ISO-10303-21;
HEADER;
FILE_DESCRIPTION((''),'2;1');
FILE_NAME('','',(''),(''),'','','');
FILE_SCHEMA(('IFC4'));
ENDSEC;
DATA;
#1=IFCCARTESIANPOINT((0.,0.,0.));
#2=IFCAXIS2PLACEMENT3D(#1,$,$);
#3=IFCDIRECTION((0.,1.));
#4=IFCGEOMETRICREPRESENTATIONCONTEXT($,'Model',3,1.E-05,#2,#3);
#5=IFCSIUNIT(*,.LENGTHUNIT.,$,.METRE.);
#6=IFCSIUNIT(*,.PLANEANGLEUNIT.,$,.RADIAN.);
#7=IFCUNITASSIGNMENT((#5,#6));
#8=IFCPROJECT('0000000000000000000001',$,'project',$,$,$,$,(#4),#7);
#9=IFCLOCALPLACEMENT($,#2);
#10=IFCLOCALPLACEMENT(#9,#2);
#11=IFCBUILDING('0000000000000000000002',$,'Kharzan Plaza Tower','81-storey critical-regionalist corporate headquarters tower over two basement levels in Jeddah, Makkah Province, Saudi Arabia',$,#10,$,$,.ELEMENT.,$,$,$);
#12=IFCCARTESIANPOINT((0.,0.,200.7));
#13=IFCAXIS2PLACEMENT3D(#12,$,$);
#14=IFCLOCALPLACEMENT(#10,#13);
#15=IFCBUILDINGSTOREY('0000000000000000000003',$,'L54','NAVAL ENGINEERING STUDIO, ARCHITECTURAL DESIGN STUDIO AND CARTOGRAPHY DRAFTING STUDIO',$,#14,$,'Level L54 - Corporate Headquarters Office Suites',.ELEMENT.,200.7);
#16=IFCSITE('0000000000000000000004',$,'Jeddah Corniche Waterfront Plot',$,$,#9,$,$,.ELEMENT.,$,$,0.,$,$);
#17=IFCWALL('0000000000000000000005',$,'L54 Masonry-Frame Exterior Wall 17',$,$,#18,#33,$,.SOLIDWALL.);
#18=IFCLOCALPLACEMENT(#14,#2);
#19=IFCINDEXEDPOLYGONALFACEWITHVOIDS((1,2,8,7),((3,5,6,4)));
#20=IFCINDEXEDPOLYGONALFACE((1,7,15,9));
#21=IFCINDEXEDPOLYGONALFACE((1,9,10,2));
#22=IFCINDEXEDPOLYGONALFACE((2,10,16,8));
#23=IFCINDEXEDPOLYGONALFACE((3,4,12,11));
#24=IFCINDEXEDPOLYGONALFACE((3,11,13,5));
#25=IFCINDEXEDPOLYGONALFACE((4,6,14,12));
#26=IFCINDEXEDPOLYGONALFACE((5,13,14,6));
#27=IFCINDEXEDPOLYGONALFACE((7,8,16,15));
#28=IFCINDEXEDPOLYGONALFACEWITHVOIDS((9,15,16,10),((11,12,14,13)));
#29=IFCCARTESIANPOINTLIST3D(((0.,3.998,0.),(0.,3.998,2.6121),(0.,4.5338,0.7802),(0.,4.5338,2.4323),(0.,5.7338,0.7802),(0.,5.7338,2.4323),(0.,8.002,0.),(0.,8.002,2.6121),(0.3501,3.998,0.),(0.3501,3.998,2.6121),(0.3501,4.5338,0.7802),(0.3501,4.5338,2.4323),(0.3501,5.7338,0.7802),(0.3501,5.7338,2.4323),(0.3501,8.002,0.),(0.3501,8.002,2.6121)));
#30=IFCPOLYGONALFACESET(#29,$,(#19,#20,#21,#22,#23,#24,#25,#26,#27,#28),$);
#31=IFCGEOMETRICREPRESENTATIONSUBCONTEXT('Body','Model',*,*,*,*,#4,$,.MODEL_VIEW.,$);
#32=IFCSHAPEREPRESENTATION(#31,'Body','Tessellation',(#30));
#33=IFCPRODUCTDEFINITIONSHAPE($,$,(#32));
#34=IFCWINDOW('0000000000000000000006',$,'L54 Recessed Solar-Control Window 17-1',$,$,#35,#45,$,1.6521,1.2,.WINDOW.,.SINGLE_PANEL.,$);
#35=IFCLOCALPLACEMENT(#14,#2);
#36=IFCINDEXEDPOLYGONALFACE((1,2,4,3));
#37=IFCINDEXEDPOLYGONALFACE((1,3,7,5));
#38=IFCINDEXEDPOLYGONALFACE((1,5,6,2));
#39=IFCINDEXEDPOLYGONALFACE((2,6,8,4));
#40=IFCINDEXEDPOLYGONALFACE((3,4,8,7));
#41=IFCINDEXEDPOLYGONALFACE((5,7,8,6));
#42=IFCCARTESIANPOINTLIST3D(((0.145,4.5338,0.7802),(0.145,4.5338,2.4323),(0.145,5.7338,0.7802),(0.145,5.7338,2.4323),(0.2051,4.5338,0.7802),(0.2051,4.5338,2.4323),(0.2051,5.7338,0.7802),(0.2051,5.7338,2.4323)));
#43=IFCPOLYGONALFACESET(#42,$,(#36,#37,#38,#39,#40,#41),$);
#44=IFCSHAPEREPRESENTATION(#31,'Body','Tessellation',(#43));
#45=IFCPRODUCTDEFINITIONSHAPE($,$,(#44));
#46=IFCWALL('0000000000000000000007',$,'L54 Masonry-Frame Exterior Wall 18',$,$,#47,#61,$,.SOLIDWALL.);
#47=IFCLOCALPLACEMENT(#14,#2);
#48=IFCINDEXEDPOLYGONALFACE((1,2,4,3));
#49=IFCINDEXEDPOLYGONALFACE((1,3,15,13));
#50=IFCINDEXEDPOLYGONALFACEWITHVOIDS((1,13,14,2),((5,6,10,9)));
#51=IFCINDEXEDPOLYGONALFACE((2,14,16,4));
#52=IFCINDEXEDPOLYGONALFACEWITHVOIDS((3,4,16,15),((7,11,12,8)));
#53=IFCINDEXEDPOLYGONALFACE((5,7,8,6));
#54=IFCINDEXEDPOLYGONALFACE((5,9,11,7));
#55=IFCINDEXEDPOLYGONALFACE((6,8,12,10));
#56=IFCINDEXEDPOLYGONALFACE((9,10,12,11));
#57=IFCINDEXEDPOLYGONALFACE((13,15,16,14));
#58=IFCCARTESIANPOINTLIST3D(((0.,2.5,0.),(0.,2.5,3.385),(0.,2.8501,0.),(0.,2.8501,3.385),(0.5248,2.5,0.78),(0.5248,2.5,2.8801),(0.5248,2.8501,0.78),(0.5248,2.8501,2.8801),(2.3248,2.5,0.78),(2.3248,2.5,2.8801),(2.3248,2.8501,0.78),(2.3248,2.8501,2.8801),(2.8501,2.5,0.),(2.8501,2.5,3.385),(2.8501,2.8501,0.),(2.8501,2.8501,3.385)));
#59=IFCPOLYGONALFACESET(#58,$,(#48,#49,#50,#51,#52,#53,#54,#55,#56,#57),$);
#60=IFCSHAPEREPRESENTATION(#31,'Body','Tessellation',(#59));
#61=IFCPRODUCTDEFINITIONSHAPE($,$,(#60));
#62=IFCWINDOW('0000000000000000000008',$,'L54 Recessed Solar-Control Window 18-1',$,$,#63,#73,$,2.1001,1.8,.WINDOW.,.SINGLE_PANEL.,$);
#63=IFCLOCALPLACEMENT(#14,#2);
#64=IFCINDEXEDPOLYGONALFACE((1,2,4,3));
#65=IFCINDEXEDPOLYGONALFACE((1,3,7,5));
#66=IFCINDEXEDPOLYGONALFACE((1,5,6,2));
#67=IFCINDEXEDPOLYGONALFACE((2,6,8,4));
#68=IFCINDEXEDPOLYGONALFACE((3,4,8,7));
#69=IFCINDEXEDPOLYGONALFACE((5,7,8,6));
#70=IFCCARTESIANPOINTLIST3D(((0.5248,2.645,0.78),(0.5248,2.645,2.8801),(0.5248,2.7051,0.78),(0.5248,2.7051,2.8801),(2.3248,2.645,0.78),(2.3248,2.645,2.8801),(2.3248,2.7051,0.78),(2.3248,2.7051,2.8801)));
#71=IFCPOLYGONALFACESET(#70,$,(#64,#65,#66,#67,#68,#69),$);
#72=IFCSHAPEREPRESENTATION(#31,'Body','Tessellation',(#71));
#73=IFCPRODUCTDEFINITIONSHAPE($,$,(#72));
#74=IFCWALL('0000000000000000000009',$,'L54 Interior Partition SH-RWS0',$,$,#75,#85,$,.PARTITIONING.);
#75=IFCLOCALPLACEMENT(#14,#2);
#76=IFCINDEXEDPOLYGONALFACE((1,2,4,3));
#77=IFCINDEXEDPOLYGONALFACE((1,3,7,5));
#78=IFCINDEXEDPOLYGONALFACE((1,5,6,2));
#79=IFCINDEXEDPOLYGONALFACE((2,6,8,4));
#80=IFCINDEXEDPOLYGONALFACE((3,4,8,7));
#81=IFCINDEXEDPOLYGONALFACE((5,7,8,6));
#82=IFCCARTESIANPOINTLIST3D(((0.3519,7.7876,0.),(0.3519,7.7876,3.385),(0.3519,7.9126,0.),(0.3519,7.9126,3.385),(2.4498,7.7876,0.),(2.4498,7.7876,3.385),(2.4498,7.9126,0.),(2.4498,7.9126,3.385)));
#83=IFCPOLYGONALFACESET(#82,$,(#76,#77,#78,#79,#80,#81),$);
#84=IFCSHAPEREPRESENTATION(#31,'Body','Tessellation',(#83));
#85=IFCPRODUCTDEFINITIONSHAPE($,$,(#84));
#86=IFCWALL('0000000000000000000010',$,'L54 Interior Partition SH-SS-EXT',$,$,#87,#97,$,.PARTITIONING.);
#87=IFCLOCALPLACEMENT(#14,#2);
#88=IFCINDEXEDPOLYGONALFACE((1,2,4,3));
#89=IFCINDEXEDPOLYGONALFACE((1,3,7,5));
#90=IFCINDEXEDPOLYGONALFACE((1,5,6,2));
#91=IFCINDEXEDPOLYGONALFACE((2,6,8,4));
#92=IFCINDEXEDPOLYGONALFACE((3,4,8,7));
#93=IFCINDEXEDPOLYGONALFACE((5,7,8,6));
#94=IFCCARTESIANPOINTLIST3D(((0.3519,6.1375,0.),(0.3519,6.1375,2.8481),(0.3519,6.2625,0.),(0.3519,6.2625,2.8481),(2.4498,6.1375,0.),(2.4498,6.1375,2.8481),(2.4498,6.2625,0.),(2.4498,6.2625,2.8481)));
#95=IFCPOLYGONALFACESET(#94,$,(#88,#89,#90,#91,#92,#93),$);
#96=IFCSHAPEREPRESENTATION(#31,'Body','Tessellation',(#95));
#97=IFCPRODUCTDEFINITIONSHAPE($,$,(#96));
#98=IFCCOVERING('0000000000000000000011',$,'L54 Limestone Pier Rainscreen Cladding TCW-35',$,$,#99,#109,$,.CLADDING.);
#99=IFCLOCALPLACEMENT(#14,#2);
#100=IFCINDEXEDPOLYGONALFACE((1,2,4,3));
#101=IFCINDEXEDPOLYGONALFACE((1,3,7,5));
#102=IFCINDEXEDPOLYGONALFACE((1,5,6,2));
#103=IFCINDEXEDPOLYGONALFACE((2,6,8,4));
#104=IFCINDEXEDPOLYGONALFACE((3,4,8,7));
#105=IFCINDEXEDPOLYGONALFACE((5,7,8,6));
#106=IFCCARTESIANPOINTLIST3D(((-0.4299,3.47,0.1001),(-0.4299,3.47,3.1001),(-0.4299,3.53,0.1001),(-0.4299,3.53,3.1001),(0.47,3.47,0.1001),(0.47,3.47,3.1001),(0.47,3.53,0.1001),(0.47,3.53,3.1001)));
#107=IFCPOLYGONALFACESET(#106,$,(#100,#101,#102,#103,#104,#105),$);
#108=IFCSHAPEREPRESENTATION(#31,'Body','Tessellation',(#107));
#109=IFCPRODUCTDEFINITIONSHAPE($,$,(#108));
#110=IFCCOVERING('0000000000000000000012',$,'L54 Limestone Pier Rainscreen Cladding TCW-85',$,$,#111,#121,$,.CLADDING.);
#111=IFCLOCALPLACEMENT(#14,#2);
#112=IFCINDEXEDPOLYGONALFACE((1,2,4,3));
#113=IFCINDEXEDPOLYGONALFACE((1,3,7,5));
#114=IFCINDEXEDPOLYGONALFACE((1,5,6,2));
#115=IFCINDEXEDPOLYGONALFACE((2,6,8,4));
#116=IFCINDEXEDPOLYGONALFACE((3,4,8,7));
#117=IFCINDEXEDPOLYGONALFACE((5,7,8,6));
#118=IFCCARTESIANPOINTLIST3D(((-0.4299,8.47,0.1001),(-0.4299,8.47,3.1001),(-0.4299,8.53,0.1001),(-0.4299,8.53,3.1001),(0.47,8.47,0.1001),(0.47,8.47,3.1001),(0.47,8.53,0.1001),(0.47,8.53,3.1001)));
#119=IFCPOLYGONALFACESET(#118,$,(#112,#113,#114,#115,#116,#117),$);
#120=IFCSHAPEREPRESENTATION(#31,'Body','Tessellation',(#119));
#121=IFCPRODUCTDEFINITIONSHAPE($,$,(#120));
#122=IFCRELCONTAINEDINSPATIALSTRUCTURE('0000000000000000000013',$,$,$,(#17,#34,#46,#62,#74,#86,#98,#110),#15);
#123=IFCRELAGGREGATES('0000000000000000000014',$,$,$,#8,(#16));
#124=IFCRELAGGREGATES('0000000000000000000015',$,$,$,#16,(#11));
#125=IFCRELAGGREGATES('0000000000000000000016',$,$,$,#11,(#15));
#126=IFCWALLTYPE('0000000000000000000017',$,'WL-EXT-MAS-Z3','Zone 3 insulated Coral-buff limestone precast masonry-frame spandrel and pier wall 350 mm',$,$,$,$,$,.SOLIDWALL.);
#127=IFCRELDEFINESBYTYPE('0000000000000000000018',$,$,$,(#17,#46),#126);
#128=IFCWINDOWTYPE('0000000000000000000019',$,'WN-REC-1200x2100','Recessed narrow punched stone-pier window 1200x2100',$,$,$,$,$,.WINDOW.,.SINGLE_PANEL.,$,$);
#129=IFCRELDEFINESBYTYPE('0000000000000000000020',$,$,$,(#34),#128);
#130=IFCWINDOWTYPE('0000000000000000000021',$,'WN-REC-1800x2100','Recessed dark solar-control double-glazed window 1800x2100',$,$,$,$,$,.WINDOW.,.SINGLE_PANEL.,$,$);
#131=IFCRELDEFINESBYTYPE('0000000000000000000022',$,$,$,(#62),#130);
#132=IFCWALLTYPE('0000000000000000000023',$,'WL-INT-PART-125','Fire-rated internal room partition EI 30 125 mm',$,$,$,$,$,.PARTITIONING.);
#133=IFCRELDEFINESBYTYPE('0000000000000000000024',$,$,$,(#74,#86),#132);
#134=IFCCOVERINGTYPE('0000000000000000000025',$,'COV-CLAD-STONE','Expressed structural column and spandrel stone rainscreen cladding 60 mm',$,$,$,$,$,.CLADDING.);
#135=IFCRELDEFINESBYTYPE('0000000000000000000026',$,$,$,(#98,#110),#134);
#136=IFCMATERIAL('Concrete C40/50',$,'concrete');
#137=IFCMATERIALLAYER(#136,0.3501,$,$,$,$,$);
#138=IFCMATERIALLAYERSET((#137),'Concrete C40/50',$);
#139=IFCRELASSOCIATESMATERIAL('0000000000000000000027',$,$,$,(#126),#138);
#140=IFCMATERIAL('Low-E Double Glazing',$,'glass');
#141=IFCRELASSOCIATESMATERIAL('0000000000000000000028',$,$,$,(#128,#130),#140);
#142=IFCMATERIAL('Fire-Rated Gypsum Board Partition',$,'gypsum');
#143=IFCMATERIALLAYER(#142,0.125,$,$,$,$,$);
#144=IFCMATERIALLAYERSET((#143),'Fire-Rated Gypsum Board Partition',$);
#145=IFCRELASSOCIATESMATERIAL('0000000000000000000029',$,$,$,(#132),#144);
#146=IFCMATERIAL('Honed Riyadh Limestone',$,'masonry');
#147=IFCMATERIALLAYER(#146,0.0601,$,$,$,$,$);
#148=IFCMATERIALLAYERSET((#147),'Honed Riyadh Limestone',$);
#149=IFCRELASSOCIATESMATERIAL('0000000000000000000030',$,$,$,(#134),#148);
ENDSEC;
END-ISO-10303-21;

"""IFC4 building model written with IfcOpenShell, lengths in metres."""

from ifc_helpers import new_model, si_unit, direction, frame, frame_2d, origin, origin_2d, place, context, subcontext, project, spatial, rectangle, extrude, source, transform, mapped, material, layer, layer_set, type_object, element, fill, save


model = new_model("IFC4")

# Units and contexts
model_context = context("Model", 3, precision=1e-05, world=origin(), true_north=direction((0.0, 1.0)))
body_context = subcontext(model_context, "Body", "Model", "MODEL_VIEW")
ifc_project = project(units=[si_unit("LENGTHUNIT", "METRE"), si_unit("PLANEANGLEUNIT", "RADIAN")], contexts=[model_context])

# Site, building, storey
site_placement = place(None, origin())
site = spatial("IfcSite", under=ifc_project, at=site_placement, Name="Jeddah Corniche Waterfront Plot", CompositionType="ELEMENT", RefElevation=0.0)
building_placement = place(site_placement, origin())
building = spatial("IfcBuilding", under=site, at=building_placement, Name="Kharzan Plaza Tower", Description="81-storey critical-regionalist corporate headquarters tower over two basement levels in Jeddah, Makkah Province, Saudi Arabia", CompositionType="ELEMENT")
storey_placement = place(building_placement, frame((0.0, 0.0, 200.7)))
storey = spatial("IfcBuildingStorey", under=building, at=storey_placement, Name="L54", Description="NAVAL ENGINEERING STUDIO, ARCHITECTURAL DESIGN STUDIO AND CARTOGRAPHY DRAFTING STUDIO", LongName="Level L54 - Corporate Headquarters Office Suites", CompositionType="ELEMENT", Elevation=200.7)

# Shared definitions
ifc_material_1 = material(Name="Concrete C40/50", Category="concrete")

# Walls, openings, windows
ifc_layer_1 = layer(ifc_material_1, 0.3501)
ifc_layer_set_1 = layer_set([ifc_layer_1], Name="Concrete C40/50")
wall_type_1 = type_object("IfcWallType", Name="WL-EXT-MAS-Z3", Description="Zone 3 insulated Coral-buff limestone precast masonry-frame spandrel and pier wall 350 mm", PredefinedType="SOLIDWALL", material=ifc_layer_set_1)
wall_1_placement = place(storey_placement, frame((0.175, 8.002, 0.0), z_axis=(0.0, 0.0, 1.0), x_axis=(0.0, -1.0, 0.0)))
wall_1 = element("IfcWall", 1, at=wall_1_placement, inside=storey, type_object=wall_type_1, Name="L54 Masonry-Frame Exterior Wall 17", PredefinedType="SOLIDWALL", context=body_context, shape_type="SweptSolid", body=[
    extrude(rectangle(XDim=4.0039, YDim=0.3501, at=frame_2d((2.002, 0.0))), origin(), (0.0, 0.0, 1.0), 2.6121),
])
opening_1_placement = place(wall_1_placement, frame((2.2681, 0.0, 0.78)))
opening_1 = element("IfcOpeningElement", 2, at=opening_1_placement, cuts=wall_1, PredefinedType="OPENING", context=body_context, shape_type="SweptSolid", body=[
    extrude(rectangle(XDim=1.2, YDim=1.6521, at=frame_2d((0.6001, 0.8262))), frame((0.0, 0.1851, 0.0), z_axis=(0.0, -1.0, 0.0), x_axis=(1.0, 0.0, 0.0)), (0.0, 0.0, 1.0), 0.3701),
])
ifc_material_2 = material(Name="Low-E Double Glazing", Category="glass")
window_type_1 = type_object("IfcWindowType", Name="WN-REC-1200x2100", Description="Recessed narrow punched stone-pier window 1200x2100", PartitioningType="SINGLE_PANEL", PredefinedType="WINDOW", material=ifc_material_2)
shared_shape_1 = source(origin(), body_context, "Body", "SweptSolid", [
    extrude(rectangle(XDim=1.2, YDim=1.6521, at=frame_2d((0.6001, 0.8262))), frame((0.0, 0.03, 0.0), z_axis=(0.0, -1.0, 0.0), x_axis=(1.0, 0.0, 0.0)), (0.0, 0.0, 1.0), 0.0601),
])
window_1_placement = place(opening_1_placement, origin())
window_1 = element("IfcWindow", 3, at=window_1_placement, inside=storey, type_object=window_type_1, Name="L54 Recessed Solar-Control Window 17-1", OverallHeight=1.6521, OverallWidth=1.2, PartitioningType="SINGLE_PANEL", PredefinedType="WINDOW", context=body_context, shape_type="MappedRepresentation", body=[
    mapped(shared_shape_1, transform((0.0, 0.0, 0.0), x_axis=(1.0, 0.0, 0.0), y_axis=(0.0, 1.0, 0.0), z_axis=(0.0, 0.0, 1.0))),
])
fill(opening_1, window_1)
wall_2_placement = place(storey_placement, frame((0.0, 2.675, 0.0), z_axis=(0.0, 0.0, 1.0), x_axis=(1.0, 0.0, 0.0)))
wall_2 = element("IfcWall", 4, at=wall_2_placement, inside=storey, type_object=wall_type_1, Name="L54 Masonry-Frame Exterior Wall 18", PredefinedType="SOLIDWALL", context=body_context, shape_type="SweptSolid", body=[
    extrude(rectangle(XDim=2.8501, YDim=0.3501, at=frame_2d((1.425, 0.0))), origin(), (0.0, 0.0, 1.0), 3.385),
])
opening_2_placement = place(wall_2_placement, frame((0.5249, 0.0, 0.78)))
opening_2 = element("IfcOpeningElement", 5, at=opening_2_placement, cuts=wall_2, PredefinedType="OPENING", context=body_context, shape_type="SweptSolid", body=[
    extrude(rectangle(XDim=1.8, YDim=2.1001, at=frame_2d((0.8999, 1.05))), frame((0.0, 0.1851, 0.0), z_axis=(0.0, -1.0, 0.0), x_axis=(1.0, 0.0, 0.0)), (0.0, 0.0, 1.0), 0.3701),
])
window_type_2 = type_object("IfcWindowType", Name="WN-REC-1800x2100", Description="Recessed dark solar-control double-glazed window 1800x2100", PartitioningType="SINGLE_PANEL", PredefinedType="WINDOW", material=ifc_material_2)
shared_shape_2 = source(origin(), body_context, "Body", "SweptSolid", [
    extrude(rectangle(XDim=1.8, YDim=2.1001, at=frame_2d((0.8999, 1.05))), frame((0.0, 0.03, 0.0), z_axis=(0.0, -1.0, 0.0), x_axis=(1.0, 0.0, 0.0)), (0.0, 0.0, 1.0), 0.0601),
])
window_2_placement = place(opening_2_placement, origin())
window_2 = element("IfcWindow", 6, at=window_2_placement, inside=storey, type_object=window_type_2, Name="L54 Recessed Solar-Control Window 18-1", OverallHeight=2.1001, OverallWidth=1.8, PartitioningType="SINGLE_PANEL", PredefinedType="WINDOW", context=body_context, shape_type="MappedRepresentation", body=[
    mapped(shared_shape_2, transform((0.0, 0.0, 0.0), x_axis=(1.0, 0.0, 0.0), y_axis=(0.0, 1.0, 0.0), z_axis=(0.0, 0.0, 1.0))),
])
fill(opening_2, window_2)

# Shared definitions
ifc_material_3 = material(Name="Fire-Rated Gypsum Board Partition", Category="gypsum")
ifc_layer_2 = layer(ifc_material_3, 0.125)
ifc_layer_set_2 = layer_set([ifc_layer_2], Name="Fire-Rated Gypsum Board Partition")
wall_type_2 = type_object("IfcWallType", Name="WL-INT-PART-125", Description="Fire-rated internal room partition EI 30 125 mm", PredefinedType="PARTITIONING", material=ifc_layer_set_2)

# Walls
shared_shape_3 = source(origin(), body_context, "Body", "SweptSolid", [
    extrude(rectangle(XDim=2.0979, YDim=0.125, at=frame_2d((1.0488, 0.0))), origin(), (0.0, 0.0, 1.0), 3.385),
])
wall_3_placement = place(storey_placement, frame((0.3521, 7.8501, 0.0), z_axis=(0.0, 0.0, 1.0), x_axis=(1.0, 0.0, 0.0)))
element("IfcWall", 7, at=wall_3_placement, inside=storey, type_object=wall_type_2, Name="L54 Interior Partition SH-RWS0", PredefinedType="PARTITIONING", context=body_context, shape_type="MappedRepresentation", body=[
    mapped(shared_shape_3, transform((0.0, 0.0, 0.0), x_axis=(1.0, 0.0, 0.0), y_axis=(0.0, 1.0, 0.0), z_axis=(0.0, 0.0, 1.0))),
])
shared_shape_4 = source(origin(), body_context, "Body", "SweptSolid", [
    extrude(rectangle(XDim=2.0979, YDim=0.125, at=frame_2d((1.0488, 0.0))), origin(), (0.0, 0.0, 1.0), 2.8481),
])
wall_4_placement = place(storey_placement, frame((0.3521, 6.2, 0.0), z_axis=(0.0, 0.0, 1.0), x_axis=(1.0, 0.0, 0.0)))
element("IfcWall", 8, at=wall_4_placement, inside=storey, type_object=wall_type_2, Name="L54 Interior Partition SH-SS-EXT", PredefinedType="PARTITIONING", context=body_context, shape_type="MappedRepresentation", body=[
    mapped(shared_shape_4, transform((0.0, 0.0, 0.0), x_axis=(1.0, 0.0, 0.0), y_axis=(0.0, 1.0, 0.0), z_axis=(0.0, 0.0, 1.0))),
])

# Coverings
ifc_material_4 = material(Name="Honed Riyadh Limestone", Category="masonry")
ifc_layer_3 = layer(ifc_material_4, 0.0601)
ifc_layer_set_3 = layer_set([ifc_layer_3], Name="Honed Riyadh Limestone")
covering_type = type_object("IfcCoveringType", Name="COV-CLAD-STONE", Description="Expressed structural column and spandrel stone rainscreen cladding 60 mm", PredefinedType="CLADDING", material=ifc_layer_set_3)
shared_shape_5 = source(origin(), body_context, "Body", "SweptSolid", [
    extrude(rectangle(XDim=0.0601, YDim=0.8999, at=origin_2d()), origin(), (0.0, 0.0, 1.0), 3.0),
])
for number, where, z_axis, x_axis, name in (
    (9, (0.02, 3.5, 0.1001), (0.0, 0.0, 1.0), (0.0, 1.0, 0.0), "L54 Limestone Pier Rainscreen Cladding TCW-35"),
    (10, (0.02, 8.5, 0.1001), (0.0, 0.0, 1.0), (0.0, 1.0, 0.0), "L54 Limestone Pier Rainscreen Cladding TCW-85"),
):
    element("IfcCovering", number, at=place(storey_placement, frame(where, z_axis=z_axis, x_axis=x_axis)), inside=storey, type_object=covering_type, Name=name, PredefinedType="CLADDING", context=body_context, shape_type="MappedRepresentation", body=[
        mapped(shared_shape_5, transform((0.0, 0.0, 0.0), x_axis=(1.0, 0.0, 0.0), y_axis=(0.0, 1.0, 0.0), z_axis=(0.0, 0.0, 1.0))),
    ])

save(model, "model.ifc")
